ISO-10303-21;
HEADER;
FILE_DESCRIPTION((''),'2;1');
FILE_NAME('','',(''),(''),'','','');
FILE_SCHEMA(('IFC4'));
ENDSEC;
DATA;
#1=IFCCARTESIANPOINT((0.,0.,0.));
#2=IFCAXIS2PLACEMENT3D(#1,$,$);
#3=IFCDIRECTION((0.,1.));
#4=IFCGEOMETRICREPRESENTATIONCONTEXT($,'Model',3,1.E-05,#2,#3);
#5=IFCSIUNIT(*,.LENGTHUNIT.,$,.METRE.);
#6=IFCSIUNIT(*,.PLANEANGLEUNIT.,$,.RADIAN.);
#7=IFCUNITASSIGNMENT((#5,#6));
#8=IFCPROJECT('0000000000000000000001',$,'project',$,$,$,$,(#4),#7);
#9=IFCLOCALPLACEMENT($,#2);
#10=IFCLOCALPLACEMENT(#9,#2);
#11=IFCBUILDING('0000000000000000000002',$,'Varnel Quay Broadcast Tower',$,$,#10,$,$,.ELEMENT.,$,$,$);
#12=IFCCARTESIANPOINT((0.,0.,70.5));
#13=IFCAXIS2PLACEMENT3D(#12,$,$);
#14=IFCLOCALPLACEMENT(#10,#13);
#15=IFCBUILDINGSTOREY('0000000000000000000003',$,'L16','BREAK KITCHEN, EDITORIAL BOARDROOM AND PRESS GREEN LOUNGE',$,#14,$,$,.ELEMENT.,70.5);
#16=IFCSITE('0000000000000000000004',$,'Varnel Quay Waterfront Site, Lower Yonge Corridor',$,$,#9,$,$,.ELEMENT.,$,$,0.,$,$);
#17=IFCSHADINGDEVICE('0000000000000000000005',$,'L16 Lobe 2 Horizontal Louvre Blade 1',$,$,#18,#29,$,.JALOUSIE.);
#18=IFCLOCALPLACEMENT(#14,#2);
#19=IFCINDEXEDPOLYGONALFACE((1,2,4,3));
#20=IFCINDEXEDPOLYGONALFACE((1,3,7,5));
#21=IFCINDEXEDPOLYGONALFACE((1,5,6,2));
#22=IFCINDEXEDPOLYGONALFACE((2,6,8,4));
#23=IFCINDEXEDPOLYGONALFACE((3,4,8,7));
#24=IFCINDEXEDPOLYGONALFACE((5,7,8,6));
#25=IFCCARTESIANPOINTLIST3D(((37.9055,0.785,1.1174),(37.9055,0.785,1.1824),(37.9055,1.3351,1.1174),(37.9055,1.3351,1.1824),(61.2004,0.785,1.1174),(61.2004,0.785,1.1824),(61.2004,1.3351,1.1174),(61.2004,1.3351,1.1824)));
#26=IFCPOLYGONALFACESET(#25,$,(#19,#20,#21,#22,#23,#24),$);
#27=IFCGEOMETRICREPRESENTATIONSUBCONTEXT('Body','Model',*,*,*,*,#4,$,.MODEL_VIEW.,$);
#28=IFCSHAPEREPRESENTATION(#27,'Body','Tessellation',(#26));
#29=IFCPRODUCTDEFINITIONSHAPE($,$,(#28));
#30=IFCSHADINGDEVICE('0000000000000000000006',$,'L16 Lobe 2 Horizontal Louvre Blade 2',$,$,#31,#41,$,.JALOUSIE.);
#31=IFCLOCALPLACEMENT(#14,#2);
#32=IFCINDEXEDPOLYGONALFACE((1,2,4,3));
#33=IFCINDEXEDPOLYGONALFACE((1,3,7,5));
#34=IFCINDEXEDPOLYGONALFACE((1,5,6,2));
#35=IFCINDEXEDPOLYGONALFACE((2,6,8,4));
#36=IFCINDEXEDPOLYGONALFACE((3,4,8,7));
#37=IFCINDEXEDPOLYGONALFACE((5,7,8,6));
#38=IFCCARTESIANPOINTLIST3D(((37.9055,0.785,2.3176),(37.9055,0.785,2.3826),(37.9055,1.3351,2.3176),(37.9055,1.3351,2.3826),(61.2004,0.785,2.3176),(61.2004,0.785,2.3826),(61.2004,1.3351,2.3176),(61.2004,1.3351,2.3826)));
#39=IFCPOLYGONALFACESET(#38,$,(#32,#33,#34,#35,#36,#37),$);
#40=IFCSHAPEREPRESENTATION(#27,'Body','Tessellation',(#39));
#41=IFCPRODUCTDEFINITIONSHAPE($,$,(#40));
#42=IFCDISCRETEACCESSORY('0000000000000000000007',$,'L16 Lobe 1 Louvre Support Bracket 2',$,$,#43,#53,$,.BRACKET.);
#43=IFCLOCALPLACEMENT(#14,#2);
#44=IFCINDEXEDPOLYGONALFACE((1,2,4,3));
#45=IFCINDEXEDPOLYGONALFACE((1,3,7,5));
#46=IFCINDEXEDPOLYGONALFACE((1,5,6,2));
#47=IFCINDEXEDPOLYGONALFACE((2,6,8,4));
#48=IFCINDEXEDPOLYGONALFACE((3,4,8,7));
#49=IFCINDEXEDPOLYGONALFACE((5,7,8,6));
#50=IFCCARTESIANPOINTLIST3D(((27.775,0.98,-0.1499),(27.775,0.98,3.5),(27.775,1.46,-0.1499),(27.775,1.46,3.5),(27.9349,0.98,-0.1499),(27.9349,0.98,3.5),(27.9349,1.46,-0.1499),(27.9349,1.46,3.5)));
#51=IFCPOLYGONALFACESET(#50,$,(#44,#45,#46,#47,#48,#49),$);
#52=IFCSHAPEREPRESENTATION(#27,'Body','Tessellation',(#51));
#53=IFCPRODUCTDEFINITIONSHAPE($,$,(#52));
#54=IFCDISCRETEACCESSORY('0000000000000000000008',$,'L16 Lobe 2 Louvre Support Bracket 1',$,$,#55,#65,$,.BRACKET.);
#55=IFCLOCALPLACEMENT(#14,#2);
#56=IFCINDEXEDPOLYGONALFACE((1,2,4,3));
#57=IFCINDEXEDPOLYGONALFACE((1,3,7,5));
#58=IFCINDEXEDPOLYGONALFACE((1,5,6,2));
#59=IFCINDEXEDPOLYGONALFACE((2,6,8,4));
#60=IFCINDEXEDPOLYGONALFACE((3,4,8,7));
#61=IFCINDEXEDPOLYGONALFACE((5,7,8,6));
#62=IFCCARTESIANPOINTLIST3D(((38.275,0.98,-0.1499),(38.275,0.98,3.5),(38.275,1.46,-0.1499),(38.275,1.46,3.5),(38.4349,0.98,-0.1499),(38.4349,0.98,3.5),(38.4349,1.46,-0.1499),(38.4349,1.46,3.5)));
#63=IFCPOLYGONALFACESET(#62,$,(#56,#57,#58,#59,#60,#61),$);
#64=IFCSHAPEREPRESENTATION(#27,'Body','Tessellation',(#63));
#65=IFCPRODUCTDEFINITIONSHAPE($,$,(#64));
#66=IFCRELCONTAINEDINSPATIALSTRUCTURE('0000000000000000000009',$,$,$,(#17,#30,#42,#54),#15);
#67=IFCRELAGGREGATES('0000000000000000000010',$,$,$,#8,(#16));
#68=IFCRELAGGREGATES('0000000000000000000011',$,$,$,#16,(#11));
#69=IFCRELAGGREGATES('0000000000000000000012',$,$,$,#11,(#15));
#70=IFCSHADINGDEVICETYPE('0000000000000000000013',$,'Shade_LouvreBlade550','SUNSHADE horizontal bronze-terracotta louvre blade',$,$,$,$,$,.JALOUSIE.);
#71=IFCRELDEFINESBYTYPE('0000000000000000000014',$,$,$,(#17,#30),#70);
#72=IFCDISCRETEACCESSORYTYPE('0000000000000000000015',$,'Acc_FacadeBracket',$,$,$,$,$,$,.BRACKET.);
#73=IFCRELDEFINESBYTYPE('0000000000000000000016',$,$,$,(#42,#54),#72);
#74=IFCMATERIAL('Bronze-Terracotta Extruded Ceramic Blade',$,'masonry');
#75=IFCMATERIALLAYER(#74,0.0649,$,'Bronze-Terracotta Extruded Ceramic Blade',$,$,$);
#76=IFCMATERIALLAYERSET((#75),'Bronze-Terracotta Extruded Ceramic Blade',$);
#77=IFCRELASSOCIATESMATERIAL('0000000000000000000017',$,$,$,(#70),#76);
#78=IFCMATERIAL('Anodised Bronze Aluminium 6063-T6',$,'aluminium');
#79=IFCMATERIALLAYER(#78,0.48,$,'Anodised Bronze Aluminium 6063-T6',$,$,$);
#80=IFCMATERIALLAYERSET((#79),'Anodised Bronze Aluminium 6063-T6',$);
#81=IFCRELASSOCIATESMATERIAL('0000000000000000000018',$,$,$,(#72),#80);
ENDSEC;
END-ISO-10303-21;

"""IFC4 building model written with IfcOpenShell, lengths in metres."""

from ifc_helpers import new_model, si_unit, direction, frame, origin, origin_2d, place, context, subcontext, project, spatial, rectangle, extrude, source, transform, mapped, material, layer, layer_set, type_object, type_shapes, element, save


model = new_model("IFC4")

# Units and contexts
model_context = context("Model", 3, precision=1e-05, world=origin(), true_north=direction((0.0, 1.0)))
body_context = subcontext(model_context, "Body", "Model", "MODEL_VIEW")
ifc_project = project(units=[si_unit("LENGTHUNIT", "METRE"), si_unit("PLANEANGLEUNIT", "RADIAN")], contexts=[model_context])

# Site, building, storey
site_placement = place(None, origin())
site = spatial("IfcSite", under=ifc_project, at=site_placement, Name="Varnel Quay Waterfront Site, Lower Yonge Corridor", CompositionType="ELEMENT", RefElevation=0.0)
building_placement = place(site_placement, origin())
building = spatial("IfcBuilding", under=site, at=building_placement, Name="Varnel Quay Broadcast Tower", CompositionType="ELEMENT")
storey_placement = place(building_placement, frame((0.0, 0.0, 70.5)))
storey = spatial("IfcBuildingStorey", under=building, at=storey_placement, Name="L16", Description="BREAK KITCHEN, EDITORIAL BOARDROOM AND PRESS GREEN LOUNGE", CompositionType="ELEMENT", Elevation=70.5)

# Shared definitions
ifc_material_1 = material(Name="Anodised Bronze Aluminium 6063-T6", Category="aluminium")

# Shading devices
ifc_material_2 = material(Name="Bronze-Terracotta Extruded Ceramic Blade", Category="masonry")
ifc_layer_1 = layer(ifc_material_2, 0.0649, Name="Bronze-Terracotta Extruded Ceramic Blade")
ifc_layer_set_1 = layer_set([ifc_layer_1], Name="Bronze-Terracotta Extruded Ceramic Blade")
shading_device_type = type_object("IfcShadingDeviceType", Name="Shade_LouvreBlade550", Description="SUNSHADE horizontal bronze-terracotta louvre blade", PredefinedType="JALOUSIE", material=ifc_layer_set_1)
shared_shape_1 = source(origin(), body_context, "Body", "SweptSolid", [
    extrude(rectangle(XDim=23.2949, YDim=0.55, at=origin_2d()), origin(), (0.0, 0.0, 1.0), 0.0649),
])
type_shapes(shading_device_type, [shared_shape_1])
for number, where, z_axis, x_axis, name in (
    (1, (49.553, 1.0601, 1.1174), (0.0, 0.0, 1.0), (1.0, 0.0, 0.0), "L16 Lobe 2 Horizontal Louvre Blade 1"),
    (2, (49.553, 1.0601, 2.3176), (0.0, 0.0, 1.0), (1.0, 0.0, 0.0), "L16 Lobe 2 Horizontal Louvre Blade 2"),
):
    element("IfcShadingDevice", number, at=place(storey_placement, frame(where, z_axis=z_axis, x_axis=x_axis)), inside=storey, type_object=shading_device_type, Name=name, PredefinedType="JALOUSIE", context=body_context, shape_type="MappedRepresentation", body=[
        mapped(shared_shape_1, transform((0.0, 0.0, 0.0), x_axis=(1.0, 0.0, 0.0), y_axis=(0.0, 1.0, 0.0), z_axis=(0.0, 0.0, 1.0), scale=1.0)),
    ])

# Discrete accessories
ifc_layer_2 = layer(ifc_material_1, 0.48, Name="Anodised Bronze Aluminium 6063-T6")
ifc_layer_set_2 = layer_set([ifc_layer_2], Name="Anodised Bronze Aluminium 6063-T6")
discrete_accessory_type = type_object("IfcDiscreteAccessoryType", Name="Acc_FacadeBracket", PredefinedType="BRACKET", material=ifc_layer_set_2)
shared_shape_2 = source(origin(), body_context, "Body", "SweptSolid", [
    extrude(rectangle(XDim=0.1599, YDim=0.48, at=origin_2d()), origin(), (0.0, 0.0, 1.0), 3.6499),
])
type_shapes(discrete_accessory_type, [shared_shape_2])
for number, where, z_axis, x_axis, name in (
    (3, (27.855, 1.22, -0.1499), (0.0, 0.0, 1.0), (1.0, 0.0, 0.0), "L16 Lobe 1 Louvre Support Bracket 2"),
    (4, (38.355, 1.22, -0.1499), (0.0, 0.0, 1.0), (1.0, 0.0, 0.0), "L16 Lobe 2 Louvre Support Bracket 1"),
):
    element("IfcDiscreteAccessory", number, at=place(storey_placement, frame(where, z_axis=z_axis, x_axis=x_axis)), inside=storey, type_object=discrete_accessory_type, Name=name, PredefinedType="BRACKET", context=body_context, shape_type="MappedRepresentation", body=[
        mapped(shared_shape_2, transform((0.0, 0.0, 0.0), x_axis=(1.0, 0.0, 0.0), y_axis=(0.0, 1.0, 0.0), z_axis=(0.0, 0.0, 1.0), scale=1.0)),
    ])

save(model, "model.ifc")
